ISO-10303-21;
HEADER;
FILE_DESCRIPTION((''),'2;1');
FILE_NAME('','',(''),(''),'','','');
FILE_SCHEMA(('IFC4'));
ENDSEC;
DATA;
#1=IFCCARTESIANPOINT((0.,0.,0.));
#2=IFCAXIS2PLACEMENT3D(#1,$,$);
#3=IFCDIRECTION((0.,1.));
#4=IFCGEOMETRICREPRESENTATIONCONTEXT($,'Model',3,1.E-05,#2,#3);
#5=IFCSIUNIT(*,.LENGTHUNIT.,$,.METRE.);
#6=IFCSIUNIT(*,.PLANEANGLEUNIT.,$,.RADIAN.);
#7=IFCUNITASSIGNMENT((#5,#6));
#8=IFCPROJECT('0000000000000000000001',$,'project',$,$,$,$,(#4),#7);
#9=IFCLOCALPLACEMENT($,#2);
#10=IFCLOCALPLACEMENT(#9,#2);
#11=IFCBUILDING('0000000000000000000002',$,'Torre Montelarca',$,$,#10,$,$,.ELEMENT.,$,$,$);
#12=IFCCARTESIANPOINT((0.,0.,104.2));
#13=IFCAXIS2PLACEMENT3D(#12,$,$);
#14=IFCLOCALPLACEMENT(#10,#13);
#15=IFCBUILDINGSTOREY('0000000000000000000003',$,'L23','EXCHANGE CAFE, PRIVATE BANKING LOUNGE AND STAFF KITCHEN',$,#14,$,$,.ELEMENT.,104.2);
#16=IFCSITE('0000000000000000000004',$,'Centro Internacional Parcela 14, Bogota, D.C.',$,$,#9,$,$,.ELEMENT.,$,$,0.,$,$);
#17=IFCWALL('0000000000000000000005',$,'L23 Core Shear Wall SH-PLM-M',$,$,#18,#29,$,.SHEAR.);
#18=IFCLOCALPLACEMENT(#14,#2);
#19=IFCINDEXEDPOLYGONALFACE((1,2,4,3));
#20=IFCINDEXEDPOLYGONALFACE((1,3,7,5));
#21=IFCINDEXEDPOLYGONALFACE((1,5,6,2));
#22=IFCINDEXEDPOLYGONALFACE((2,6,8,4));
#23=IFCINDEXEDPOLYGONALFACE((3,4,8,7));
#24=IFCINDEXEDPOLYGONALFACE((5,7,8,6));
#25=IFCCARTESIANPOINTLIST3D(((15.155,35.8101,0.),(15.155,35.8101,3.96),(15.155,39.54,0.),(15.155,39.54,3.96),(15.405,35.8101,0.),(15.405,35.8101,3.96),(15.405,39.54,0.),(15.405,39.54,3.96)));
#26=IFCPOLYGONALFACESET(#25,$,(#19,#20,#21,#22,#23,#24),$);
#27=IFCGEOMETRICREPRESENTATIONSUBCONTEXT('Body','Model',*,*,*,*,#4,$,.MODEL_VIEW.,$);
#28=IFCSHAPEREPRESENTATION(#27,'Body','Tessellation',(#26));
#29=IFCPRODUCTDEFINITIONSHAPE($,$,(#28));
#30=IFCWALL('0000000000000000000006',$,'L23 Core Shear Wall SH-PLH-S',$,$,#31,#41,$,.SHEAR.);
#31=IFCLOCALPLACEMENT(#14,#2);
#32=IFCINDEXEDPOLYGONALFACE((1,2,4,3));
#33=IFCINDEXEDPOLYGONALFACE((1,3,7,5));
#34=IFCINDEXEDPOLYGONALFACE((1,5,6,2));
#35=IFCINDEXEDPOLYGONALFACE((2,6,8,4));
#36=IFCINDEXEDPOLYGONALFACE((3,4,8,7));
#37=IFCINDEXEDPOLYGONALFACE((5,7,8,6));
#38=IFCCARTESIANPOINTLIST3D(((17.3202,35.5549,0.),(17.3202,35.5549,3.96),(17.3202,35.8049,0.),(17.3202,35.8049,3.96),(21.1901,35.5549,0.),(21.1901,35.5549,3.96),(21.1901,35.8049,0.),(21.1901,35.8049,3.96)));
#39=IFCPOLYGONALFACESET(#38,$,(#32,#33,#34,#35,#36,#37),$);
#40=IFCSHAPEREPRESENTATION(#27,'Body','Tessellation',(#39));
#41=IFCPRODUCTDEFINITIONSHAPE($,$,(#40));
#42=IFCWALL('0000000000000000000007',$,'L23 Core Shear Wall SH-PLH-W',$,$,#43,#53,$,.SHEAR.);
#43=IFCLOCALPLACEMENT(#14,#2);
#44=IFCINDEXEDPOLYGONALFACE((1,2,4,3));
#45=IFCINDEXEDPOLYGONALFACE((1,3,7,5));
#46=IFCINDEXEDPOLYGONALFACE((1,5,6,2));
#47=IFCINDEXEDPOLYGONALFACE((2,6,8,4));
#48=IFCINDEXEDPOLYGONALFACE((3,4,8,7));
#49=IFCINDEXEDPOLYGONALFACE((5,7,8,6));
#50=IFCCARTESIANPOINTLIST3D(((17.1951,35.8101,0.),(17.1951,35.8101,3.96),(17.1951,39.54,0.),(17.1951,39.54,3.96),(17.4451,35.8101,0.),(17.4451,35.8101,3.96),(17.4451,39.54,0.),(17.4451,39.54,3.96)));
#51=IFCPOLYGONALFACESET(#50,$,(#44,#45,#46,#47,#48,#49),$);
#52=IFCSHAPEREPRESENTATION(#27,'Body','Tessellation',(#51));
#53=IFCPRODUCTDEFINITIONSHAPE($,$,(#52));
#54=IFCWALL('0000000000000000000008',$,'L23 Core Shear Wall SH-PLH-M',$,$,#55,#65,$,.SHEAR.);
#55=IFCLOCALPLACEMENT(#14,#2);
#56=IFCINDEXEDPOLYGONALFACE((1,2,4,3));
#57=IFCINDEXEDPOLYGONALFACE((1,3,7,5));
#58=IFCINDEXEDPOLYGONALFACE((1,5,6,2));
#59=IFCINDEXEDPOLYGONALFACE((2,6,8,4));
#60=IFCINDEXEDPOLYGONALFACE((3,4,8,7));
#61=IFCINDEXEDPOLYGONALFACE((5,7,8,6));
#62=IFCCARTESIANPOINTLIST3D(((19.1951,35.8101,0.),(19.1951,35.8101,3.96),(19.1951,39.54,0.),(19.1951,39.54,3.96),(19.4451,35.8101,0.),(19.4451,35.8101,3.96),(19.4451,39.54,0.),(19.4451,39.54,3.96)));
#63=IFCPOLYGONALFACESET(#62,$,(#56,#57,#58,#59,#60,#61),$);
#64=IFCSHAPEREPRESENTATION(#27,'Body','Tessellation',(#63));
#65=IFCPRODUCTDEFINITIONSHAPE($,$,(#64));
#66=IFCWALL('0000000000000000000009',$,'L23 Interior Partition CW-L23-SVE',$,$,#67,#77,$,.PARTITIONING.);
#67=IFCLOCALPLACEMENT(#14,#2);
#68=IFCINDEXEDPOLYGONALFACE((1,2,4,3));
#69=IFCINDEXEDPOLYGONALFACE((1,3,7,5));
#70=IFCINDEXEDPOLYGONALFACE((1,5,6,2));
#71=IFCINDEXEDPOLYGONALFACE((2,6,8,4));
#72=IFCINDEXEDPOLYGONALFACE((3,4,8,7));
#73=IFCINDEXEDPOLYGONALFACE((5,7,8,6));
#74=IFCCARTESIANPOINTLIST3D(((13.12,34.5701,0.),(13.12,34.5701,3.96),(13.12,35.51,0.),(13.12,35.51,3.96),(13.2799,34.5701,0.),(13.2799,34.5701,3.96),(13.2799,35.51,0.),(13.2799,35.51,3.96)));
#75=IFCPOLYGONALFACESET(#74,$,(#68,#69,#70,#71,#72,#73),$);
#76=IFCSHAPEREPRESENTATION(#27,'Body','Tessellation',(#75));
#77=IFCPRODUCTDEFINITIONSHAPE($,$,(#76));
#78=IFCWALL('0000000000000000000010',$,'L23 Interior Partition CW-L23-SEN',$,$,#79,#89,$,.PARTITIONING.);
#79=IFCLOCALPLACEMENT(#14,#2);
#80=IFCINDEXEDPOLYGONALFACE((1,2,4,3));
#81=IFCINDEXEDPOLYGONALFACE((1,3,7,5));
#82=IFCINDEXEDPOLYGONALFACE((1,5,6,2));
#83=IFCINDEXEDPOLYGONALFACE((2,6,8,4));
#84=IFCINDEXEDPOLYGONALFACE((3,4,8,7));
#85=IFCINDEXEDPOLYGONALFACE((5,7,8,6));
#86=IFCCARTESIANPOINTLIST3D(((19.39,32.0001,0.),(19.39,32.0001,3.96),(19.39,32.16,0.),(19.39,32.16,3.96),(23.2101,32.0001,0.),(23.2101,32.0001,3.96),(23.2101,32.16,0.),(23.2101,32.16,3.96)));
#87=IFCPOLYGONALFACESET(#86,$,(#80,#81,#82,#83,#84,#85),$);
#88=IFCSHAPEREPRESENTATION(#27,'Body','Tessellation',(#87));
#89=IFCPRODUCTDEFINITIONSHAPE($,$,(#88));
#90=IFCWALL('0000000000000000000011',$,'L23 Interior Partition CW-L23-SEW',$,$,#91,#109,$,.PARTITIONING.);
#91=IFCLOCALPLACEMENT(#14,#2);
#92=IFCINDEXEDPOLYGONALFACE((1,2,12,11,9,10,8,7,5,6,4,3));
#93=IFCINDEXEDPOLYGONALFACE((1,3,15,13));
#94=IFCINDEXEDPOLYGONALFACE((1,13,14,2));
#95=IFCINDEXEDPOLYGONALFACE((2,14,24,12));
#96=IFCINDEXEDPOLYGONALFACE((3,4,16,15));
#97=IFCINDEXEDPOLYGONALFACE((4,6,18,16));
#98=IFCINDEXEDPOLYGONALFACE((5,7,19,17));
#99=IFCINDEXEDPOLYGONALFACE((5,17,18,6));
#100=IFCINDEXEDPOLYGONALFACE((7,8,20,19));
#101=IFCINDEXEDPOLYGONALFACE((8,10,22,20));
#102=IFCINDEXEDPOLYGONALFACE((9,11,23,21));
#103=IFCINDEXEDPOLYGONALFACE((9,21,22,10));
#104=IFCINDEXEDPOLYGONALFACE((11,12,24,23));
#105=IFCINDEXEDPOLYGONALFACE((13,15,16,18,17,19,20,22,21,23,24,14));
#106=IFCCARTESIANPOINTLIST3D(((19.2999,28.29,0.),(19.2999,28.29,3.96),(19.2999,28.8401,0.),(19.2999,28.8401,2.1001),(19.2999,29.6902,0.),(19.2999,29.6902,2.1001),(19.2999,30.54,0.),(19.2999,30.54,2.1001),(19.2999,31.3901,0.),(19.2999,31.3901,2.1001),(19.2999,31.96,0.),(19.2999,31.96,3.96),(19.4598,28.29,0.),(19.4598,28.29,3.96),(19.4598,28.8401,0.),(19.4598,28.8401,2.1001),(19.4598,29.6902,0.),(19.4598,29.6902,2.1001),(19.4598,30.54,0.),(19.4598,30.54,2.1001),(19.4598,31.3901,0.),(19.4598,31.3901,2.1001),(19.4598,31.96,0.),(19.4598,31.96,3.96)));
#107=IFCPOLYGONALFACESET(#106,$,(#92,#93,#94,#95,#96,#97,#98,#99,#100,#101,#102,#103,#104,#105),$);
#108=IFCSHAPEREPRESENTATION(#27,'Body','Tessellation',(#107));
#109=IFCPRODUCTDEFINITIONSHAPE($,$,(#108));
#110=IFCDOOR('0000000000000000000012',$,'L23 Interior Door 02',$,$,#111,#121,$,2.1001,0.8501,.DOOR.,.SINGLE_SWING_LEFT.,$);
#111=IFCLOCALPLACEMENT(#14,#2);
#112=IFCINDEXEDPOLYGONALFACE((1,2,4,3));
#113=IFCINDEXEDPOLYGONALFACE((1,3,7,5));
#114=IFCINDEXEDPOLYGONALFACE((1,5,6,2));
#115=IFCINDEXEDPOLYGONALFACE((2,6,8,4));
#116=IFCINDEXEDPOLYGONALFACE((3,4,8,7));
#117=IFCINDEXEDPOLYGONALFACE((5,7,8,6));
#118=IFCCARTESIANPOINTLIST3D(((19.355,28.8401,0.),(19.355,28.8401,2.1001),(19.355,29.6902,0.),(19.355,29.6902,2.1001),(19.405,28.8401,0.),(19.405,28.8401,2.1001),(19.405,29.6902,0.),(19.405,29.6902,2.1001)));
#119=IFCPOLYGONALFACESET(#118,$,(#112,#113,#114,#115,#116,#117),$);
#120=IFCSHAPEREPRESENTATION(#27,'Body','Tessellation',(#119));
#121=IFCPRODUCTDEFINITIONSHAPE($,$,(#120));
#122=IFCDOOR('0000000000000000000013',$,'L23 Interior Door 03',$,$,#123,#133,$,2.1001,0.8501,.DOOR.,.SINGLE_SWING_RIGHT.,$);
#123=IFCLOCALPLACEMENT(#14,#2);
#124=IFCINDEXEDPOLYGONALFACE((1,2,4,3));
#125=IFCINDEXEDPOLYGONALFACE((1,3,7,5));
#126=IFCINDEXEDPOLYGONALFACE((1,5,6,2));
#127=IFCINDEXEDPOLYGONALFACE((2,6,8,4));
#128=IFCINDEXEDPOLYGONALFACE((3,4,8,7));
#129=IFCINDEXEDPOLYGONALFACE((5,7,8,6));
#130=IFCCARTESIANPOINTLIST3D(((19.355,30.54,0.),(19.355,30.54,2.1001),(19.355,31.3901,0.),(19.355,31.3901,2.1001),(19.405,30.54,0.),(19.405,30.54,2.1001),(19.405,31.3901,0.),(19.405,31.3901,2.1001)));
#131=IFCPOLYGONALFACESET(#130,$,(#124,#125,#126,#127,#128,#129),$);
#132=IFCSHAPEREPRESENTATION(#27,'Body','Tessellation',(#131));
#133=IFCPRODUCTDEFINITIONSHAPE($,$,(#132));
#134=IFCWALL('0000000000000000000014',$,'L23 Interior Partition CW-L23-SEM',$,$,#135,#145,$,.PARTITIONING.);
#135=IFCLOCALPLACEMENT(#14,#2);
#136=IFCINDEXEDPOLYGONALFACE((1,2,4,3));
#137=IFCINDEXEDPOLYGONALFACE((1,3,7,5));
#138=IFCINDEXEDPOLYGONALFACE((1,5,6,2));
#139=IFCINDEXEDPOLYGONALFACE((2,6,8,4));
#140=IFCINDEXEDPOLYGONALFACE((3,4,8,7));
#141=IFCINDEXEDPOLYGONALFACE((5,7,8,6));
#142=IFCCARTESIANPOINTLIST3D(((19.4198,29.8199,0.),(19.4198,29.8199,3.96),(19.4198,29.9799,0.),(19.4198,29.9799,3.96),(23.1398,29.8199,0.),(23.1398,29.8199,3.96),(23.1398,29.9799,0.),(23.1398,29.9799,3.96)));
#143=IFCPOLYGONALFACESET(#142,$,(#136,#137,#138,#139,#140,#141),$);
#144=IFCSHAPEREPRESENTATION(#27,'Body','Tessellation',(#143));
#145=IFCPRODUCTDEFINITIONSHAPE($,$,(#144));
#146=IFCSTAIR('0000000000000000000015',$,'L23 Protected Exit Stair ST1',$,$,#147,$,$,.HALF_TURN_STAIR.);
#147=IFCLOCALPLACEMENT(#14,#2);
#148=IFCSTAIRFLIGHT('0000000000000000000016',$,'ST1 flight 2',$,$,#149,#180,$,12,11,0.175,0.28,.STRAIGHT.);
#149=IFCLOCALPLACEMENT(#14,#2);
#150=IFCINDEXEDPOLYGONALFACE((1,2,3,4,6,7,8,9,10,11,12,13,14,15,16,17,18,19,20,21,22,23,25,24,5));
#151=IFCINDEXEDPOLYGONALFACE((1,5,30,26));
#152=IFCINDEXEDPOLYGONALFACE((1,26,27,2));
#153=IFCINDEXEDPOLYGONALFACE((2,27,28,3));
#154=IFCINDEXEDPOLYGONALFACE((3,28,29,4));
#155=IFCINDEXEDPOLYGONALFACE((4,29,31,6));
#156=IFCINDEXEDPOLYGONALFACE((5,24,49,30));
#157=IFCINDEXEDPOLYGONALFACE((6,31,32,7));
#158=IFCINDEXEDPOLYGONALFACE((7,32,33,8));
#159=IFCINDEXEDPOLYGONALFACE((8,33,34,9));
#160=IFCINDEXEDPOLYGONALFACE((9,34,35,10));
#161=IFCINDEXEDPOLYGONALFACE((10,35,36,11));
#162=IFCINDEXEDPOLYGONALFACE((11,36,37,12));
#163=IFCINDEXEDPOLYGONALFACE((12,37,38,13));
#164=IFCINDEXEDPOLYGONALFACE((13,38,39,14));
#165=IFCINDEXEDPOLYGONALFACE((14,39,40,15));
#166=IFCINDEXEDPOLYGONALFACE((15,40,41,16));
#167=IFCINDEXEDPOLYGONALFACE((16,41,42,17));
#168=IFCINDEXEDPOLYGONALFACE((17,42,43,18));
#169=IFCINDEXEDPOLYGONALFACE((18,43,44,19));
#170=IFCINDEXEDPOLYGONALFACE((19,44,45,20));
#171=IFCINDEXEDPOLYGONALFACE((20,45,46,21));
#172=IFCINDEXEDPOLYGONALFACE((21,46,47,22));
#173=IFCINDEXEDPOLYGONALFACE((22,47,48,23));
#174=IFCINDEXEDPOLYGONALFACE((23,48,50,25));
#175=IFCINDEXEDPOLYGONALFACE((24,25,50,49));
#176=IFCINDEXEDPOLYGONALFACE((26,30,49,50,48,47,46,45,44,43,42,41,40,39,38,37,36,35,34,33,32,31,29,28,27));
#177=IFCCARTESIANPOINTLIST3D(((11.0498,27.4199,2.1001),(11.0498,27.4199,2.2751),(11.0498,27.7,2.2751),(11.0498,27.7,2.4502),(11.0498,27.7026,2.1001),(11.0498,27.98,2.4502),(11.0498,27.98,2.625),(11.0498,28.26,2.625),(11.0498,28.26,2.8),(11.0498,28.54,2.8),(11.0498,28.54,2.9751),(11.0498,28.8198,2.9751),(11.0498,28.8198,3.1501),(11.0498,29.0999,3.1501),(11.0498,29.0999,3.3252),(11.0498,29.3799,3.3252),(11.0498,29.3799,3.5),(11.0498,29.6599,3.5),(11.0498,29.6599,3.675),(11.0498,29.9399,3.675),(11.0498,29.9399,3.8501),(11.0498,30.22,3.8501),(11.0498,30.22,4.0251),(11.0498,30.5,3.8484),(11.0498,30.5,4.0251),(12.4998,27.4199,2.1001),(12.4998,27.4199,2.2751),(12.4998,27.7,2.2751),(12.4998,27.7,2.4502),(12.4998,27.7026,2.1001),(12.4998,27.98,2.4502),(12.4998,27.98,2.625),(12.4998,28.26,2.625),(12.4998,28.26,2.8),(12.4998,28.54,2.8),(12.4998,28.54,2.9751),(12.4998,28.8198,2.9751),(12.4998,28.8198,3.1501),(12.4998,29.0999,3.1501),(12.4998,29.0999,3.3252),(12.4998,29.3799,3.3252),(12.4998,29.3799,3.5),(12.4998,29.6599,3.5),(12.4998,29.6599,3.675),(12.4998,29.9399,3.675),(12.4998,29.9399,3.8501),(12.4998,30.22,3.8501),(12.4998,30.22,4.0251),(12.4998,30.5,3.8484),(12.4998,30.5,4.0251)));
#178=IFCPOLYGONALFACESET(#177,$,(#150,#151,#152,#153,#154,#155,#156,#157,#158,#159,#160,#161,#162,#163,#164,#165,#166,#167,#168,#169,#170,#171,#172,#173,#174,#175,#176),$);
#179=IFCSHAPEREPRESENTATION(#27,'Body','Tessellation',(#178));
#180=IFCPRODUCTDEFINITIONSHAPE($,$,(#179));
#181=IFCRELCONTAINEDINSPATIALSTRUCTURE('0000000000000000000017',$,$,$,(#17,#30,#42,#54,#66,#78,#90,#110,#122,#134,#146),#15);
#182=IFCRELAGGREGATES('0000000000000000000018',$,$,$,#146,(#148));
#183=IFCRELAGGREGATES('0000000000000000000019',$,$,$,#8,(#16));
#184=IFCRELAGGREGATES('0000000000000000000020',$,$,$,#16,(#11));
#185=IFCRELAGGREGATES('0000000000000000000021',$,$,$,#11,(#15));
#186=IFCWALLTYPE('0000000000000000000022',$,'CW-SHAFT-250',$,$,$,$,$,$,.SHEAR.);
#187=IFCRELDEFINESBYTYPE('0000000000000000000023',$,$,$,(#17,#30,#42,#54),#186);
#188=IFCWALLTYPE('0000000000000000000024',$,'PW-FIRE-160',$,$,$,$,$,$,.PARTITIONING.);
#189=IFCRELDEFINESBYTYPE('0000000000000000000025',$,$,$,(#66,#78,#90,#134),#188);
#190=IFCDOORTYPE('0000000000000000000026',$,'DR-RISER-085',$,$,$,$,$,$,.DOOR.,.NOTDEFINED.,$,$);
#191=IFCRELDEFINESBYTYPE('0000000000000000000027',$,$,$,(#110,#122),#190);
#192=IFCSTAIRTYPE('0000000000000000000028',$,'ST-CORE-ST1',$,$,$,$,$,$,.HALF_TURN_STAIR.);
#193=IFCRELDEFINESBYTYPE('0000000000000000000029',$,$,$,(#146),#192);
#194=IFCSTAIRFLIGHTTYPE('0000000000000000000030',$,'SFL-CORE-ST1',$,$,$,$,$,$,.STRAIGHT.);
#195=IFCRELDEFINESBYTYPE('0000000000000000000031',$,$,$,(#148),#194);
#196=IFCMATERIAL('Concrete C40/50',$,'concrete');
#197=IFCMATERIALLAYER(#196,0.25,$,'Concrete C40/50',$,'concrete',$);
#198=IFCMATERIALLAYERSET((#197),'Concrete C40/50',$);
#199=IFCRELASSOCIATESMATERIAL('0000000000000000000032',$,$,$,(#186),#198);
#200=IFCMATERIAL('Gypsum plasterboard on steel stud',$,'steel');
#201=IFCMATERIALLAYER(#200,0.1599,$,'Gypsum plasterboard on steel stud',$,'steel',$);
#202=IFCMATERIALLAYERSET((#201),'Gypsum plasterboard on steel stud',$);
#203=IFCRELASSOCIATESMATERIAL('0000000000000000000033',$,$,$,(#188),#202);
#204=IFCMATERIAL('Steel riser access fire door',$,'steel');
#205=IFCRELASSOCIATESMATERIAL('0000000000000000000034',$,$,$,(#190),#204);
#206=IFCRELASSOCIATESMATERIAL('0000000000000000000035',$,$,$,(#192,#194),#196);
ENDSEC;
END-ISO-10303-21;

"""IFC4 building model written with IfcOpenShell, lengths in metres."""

from ifc_helpers import new_model, si_unit, direction, frame, frame_2d, origin, place, context, subcontext, project, spatial, polyline, rectangle, outline, extrude, source, transform, mapped, material, layer, layer_set, type_object, element, fill, aggregate, save


model = new_model("IFC4")

# Units and contexts
model_context = context("Model", 3, precision=1e-05, world=origin(), true_north=direction((0.0, 1.0)))
body_context = subcontext(model_context, "Body", "Model", "MODEL_VIEW")
ifc_project = project(units=[si_unit("LENGTHUNIT", "METRE"), si_unit("PLANEANGLEUNIT", "RADIAN")], contexts=[model_context])

# Site, building, storey
site_placement = place(None, origin())
site = spatial("IfcSite", under=ifc_project, at=site_placement, Name="Centro Internacional Parcela 14, Bogota, D.C.", CompositionType="ELEMENT", RefElevation=0.0)
building_placement = place(site_placement, origin())
building = spatial("IfcBuilding", under=site, at=building_placement, Name="Torre Montelarca", CompositionType="ELEMENT")
storey_placement = place(building_placement, frame((0.0, 0.0, 104.2)))
storey = spatial("IfcBuildingStorey", under=building, at=storey_placement, Name="L23", Description="EXCHANGE CAFE, PRIVATE BANKING LOUNGE AND STAFF KITCHEN", CompositionType="ELEMENT", Elevation=104.2)

# Shared definitions
ifc_material_1 = material(Name="Concrete C40/50", Category="concrete")
ifc_layer_1 = layer(ifc_material_1, 0.25, Name="Concrete C40/50", Category="concrete")
ifc_layer_set_1 = layer_set([ifc_layer_1], Name="Concrete C40/50")
wall_type_1 = type_object("IfcWallType", Name="CW-SHAFT-250", PredefinedType="SHEAR", material=ifc_layer_set_1)

# Walls
for number, where, z_axis, x_axis, name in (
    (1, (15.28, 35.8101, 0.0), (0.0, 0.0, 1.0), (0.0, 1.0, 0.0), "L23 Core Shear Wall SH-PLM-M"),
):
    element("IfcWall", number, at=place(storey_placement, frame(where, z_axis=z_axis, x_axis=x_axis)), inside=storey, type_object=wall_type_1, Name=name, PredefinedType="SHEAR", context=body_context, shape_type="SweptSolid", body=[
        extrude(rectangle(XDim=3.73, YDim=0.25, at=frame_2d((1.865, 0.0))), origin(), (0.0, 0.0, 1.0), 3.96),
    ])
wall_1_placement = place(storey_placement, frame((17.3201, 35.6799, 0.0), z_axis=(0.0, 0.0, 1.0), x_axis=(1.0, 0.0, 0.0)))
element("IfcWall", 2, at=wall_1_placement, inside=storey, type_object=wall_type_1, Name="L23 Core Shear Wall SH-PLH-S", PredefinedType="SHEAR", context=body_context, shape_type="SweptSolid", body=[
    extrude(rectangle(XDim=3.8699, YDim=0.25, at=frame_2d((1.9351, 0.0))), origin(), (0.0, 0.0, 1.0), 3.96),
])
for number, where, z_axis, x_axis, name in (
    (3, (17.3201, 35.8101, 0.0), (0.0, 0.0, 1.0), (0.0, 1.0, 0.0), "L23 Core Shear Wall SH-PLH-W"),
    (4, (19.3201, 35.8101, 0.0), (0.0, 0.0, 1.0), (0.0, 1.0, 0.0), "L23 Core Shear Wall SH-PLH-M"),
):
    element("IfcWall", number, at=place(storey_placement, frame(where, z_axis=z_axis, x_axis=x_axis)), inside=storey, type_object=wall_type_1, Name=name, PredefinedType="SHEAR", context=body_context, shape_type="SweptSolid", body=[
        extrude(rectangle(XDim=3.73, YDim=0.25, at=frame_2d((1.865, 0.0))), origin(), (0.0, 0.0, 1.0), 3.96),
    ])
ifc_material_2 = material(Name="Gypsum plasterboard on steel stud", Category="steel")
ifc_layer_2 = layer(ifc_material_2, 0.1599, Name="Gypsum plasterboard on steel stud", Category="steel")
ifc_layer_set_2 = layer_set([ifc_layer_2], Name="Gypsum plasterboard on steel stud")
wall_type_2 = type_object("IfcWallType", Name="PW-FIRE-160", PredefinedType="PARTITIONING", material=ifc_layer_set_2)
wall_2_placement = place(storey_placement, frame((13.2, 34.5701, 0.0), z_axis=(0.0, 0.0, 1.0), x_axis=(0.0, 1.0, 0.0)))
element("IfcWall", 5, at=wall_2_placement, inside=storey, type_object=wall_type_2, Name="L23 Interior Partition CW-L23-SVE", PredefinedType="PARTITIONING", context=body_context, shape_type="SweptSolid", body=[
    extrude(rectangle(XDim=0.9399, YDim=0.1599, at=frame_2d((0.47, 0.0))), origin(), (0.0, 0.0, 1.0), 3.96),
])
wall_3_placement = place(storey_placement, frame((19.3899, 32.0801, 0.0), z_axis=(0.0, 0.0, 1.0), x_axis=(1.0, 0.0, 0.0)))
element("IfcWall", 6, at=wall_3_placement, inside=storey, type_object=wall_type_2, Name="L23 Interior Partition CW-L23-SEN", PredefinedType="PARTITIONING", context=body_context, shape_type="SweptSolid", body=[
    extrude(rectangle(XDim=3.8201, YDim=0.1599, at=frame_2d((1.9102, 0.0))), origin(), (0.0, 0.0, 1.0), 3.96),
])

# Wall, openings, doors
wall_4_placement = place(storey_placement, frame((19.3799, 28.29, 0.0), z_axis=(0.0, 0.0, 1.0), x_axis=(0.0, 1.0, 0.0)))
wall_4 = element("IfcWall", 7, at=wall_4_placement, inside=storey, type_object=wall_type_2, Name="L23 Interior Partition CW-L23-SEW", PredefinedType="PARTITIONING", context=body_context, shape_type="SweptSolid", body=[
    extrude(rectangle(XDim=3.6699, YDim=0.1599, at=frame_2d((1.835, 0.0))), origin(), (0.0, 0.0, 1.0), 3.96),
])
opening_1_placement = place(wall_4_placement, frame((0.55, 0.0, 0.0)))
opening_1 = element("IfcOpeningElement", 8, at=opening_1_placement, cuts=wall_4, PredefinedType="OPENING", context=body_context, shape_type="SweptSolid", body=[
    extrude(rectangle(XDim=0.8501, YDim=2.1001, at=frame_2d((0.425, 1.05))), frame((0.0, 0.0898, 0.0), z_axis=(0.0, -1.0, 0.0), x_axis=(1.0, 0.0, 0.0)), (0.0, 0.0, 1.0), 0.1799),
])
opening_2_placement = place(wall_4_placement, frame((2.25, 0.0, 0.0)))
opening_2 = element("IfcOpeningElement", 9, at=opening_2_placement, cuts=wall_4, PredefinedType="OPENING", context=body_context, shape_type="SweptSolid", body=[
    extrude(rectangle(XDim=0.8501, YDim=2.1001, at=frame_2d((0.425, 1.05))), frame((0.0, 0.0898, 0.0), z_axis=(0.0, -1.0, 0.0), x_axis=(1.0, 0.0, 0.0)), (0.0, 0.0, 1.0), 0.1799),
])
ifc_material_3 = material(Name="Steel riser access fire door", Category="steel")
door_type_1 = type_object("IfcDoorType", Name="DR-RISER-085", OperationType="NOTDEFINED", PredefinedType="DOOR", material=ifc_material_3)
shared_shape_1 = source(origin(), body_context, "Body", "SweptSolid", [
    extrude(rectangle(XDim=0.8501, YDim=2.1001, at=frame_2d((0.425, 1.05))), frame((0.0, 0.0249, 0.0), z_axis=(0.0, -1.0, 0.0), x_axis=(1.0, 0.0, 0.0)), (0.0, 0.0, 1.0), 0.05),
])
door_1_placement = place(opening_1_placement, origin())
door_1 = element("IfcDoor", 10, at=door_1_placement, inside=storey, type_object=door_type_1, Name="L23 Interior Door 02", OperationType="SINGLE_SWING_LEFT", OverallHeight=2.1001, OverallWidth=0.8501, PredefinedType="DOOR", context=body_context, shape_type="MappedRepresentation", body=[
    mapped(shared_shape_1, transform((0.0, 0.0, 0.0), scale=1.0)),
])
fill(opening_1, door_1)
door_2_placement = place(opening_2_placement, origin())
door_2 = element("IfcDoor", 11, at=door_2_placement, inside=storey, type_object=door_type_1, Name="L23 Interior Door 03", OperationType="SINGLE_SWING_RIGHT", OverallHeight=2.1001, OverallWidth=0.8501, PredefinedType="DOOR", context=body_context, shape_type="MappedRepresentation", body=[
    mapped(shared_shape_1, transform((0.0, 0.0, 0.0), scale=1.0)),
])
fill(opening_2, door_2)

# Wall
wall_5_placement = place(storey_placement, frame((19.4199, 29.8999, 0.0), z_axis=(0.0, 0.0, 1.0), x_axis=(1.0, 0.0, 0.0)))
element("IfcWall", 12, at=wall_5_placement, inside=storey, type_object=wall_type_2, Name="L23 Interior Partition CW-L23-SEM", PredefinedType="PARTITIONING", context=body_context, shape_type="SweptSolid", body=[
    extrude(rectangle(XDim=3.72, YDim=0.1599, at=frame_2d((1.8599, 0.0))), origin(), (0.0, 0.0, 1.0), 3.96),
])

# Stair, stair flight
stair_type = type_object("IfcStairType", Name="ST-CORE-ST1", PredefinedType="HALF_TURN_STAIR", material=ifc_material_1)
stair_placement = place(storey_placement, origin())
stair = element("IfcStair", 13, at=stair_placement, inside=storey, type_object=stair_type, Name="L23 Protected Exit Stair ST1", PredefinedType="HALF_TURN_STAIR")
stair_flight_type = type_object("IfcStairFlightType", Name="SFL-CORE-ST1", PredefinedType="STRAIGHT", material=ifc_material_1)
stair_flight_placement = place(storey_placement, frame((11.7749, 27.4199, 2.1001), z_axis=(0.0, 0.0, 1.0), x_axis=(0.0, 1.0, 0.0)))
stair_flight = element("IfcStairFlight", 14, at=stair_flight_placement, type_object=stair_flight_type, Name="ST1 flight 2", NumberOfRisers=12, NumberOfTreads=11, PredefinedType="STRAIGHT", RiserHeight=0.175, TreadLength=0.28, context=body_context, shape_type="SweptSolid", body=[
    extrude(outline(polyline([(0.0, 0.0), (0.0, 0.175), (0.28, 0.175), (0.28, 0.3501), (0.5601, 0.3501), (0.5601, 0.5249), (0.8401, 0.5249), (0.8401, 0.7), (1.1201, 0.7), (1.1201, 0.875), (1.3999, 0.875), (1.3999, 1.05), (1.6799, 1.05), (1.6799, 1.2251), (1.96, 1.2251), (1.96, 1.3999), (2.24, 1.3999), (2.24, 1.575), (2.52, 1.575), (2.52, 1.75), (2.8, 1.75), (2.8, 1.925), (3.0801, 1.925), (3.0801, 2.1001), (3.0801, 1.7483), (0.2827, 0.0), (0.0, 0.0)])), frame((0.0, 0.7251, 0.0), z_axis=(0.0, -1.0, 0.0), x_axis=(1.0, 0.0, 0.0)), (0.0, 0.0, 1.0), 1.45),
])
aggregate(stair, [stair_flight])

save(model, "model.ifc")
